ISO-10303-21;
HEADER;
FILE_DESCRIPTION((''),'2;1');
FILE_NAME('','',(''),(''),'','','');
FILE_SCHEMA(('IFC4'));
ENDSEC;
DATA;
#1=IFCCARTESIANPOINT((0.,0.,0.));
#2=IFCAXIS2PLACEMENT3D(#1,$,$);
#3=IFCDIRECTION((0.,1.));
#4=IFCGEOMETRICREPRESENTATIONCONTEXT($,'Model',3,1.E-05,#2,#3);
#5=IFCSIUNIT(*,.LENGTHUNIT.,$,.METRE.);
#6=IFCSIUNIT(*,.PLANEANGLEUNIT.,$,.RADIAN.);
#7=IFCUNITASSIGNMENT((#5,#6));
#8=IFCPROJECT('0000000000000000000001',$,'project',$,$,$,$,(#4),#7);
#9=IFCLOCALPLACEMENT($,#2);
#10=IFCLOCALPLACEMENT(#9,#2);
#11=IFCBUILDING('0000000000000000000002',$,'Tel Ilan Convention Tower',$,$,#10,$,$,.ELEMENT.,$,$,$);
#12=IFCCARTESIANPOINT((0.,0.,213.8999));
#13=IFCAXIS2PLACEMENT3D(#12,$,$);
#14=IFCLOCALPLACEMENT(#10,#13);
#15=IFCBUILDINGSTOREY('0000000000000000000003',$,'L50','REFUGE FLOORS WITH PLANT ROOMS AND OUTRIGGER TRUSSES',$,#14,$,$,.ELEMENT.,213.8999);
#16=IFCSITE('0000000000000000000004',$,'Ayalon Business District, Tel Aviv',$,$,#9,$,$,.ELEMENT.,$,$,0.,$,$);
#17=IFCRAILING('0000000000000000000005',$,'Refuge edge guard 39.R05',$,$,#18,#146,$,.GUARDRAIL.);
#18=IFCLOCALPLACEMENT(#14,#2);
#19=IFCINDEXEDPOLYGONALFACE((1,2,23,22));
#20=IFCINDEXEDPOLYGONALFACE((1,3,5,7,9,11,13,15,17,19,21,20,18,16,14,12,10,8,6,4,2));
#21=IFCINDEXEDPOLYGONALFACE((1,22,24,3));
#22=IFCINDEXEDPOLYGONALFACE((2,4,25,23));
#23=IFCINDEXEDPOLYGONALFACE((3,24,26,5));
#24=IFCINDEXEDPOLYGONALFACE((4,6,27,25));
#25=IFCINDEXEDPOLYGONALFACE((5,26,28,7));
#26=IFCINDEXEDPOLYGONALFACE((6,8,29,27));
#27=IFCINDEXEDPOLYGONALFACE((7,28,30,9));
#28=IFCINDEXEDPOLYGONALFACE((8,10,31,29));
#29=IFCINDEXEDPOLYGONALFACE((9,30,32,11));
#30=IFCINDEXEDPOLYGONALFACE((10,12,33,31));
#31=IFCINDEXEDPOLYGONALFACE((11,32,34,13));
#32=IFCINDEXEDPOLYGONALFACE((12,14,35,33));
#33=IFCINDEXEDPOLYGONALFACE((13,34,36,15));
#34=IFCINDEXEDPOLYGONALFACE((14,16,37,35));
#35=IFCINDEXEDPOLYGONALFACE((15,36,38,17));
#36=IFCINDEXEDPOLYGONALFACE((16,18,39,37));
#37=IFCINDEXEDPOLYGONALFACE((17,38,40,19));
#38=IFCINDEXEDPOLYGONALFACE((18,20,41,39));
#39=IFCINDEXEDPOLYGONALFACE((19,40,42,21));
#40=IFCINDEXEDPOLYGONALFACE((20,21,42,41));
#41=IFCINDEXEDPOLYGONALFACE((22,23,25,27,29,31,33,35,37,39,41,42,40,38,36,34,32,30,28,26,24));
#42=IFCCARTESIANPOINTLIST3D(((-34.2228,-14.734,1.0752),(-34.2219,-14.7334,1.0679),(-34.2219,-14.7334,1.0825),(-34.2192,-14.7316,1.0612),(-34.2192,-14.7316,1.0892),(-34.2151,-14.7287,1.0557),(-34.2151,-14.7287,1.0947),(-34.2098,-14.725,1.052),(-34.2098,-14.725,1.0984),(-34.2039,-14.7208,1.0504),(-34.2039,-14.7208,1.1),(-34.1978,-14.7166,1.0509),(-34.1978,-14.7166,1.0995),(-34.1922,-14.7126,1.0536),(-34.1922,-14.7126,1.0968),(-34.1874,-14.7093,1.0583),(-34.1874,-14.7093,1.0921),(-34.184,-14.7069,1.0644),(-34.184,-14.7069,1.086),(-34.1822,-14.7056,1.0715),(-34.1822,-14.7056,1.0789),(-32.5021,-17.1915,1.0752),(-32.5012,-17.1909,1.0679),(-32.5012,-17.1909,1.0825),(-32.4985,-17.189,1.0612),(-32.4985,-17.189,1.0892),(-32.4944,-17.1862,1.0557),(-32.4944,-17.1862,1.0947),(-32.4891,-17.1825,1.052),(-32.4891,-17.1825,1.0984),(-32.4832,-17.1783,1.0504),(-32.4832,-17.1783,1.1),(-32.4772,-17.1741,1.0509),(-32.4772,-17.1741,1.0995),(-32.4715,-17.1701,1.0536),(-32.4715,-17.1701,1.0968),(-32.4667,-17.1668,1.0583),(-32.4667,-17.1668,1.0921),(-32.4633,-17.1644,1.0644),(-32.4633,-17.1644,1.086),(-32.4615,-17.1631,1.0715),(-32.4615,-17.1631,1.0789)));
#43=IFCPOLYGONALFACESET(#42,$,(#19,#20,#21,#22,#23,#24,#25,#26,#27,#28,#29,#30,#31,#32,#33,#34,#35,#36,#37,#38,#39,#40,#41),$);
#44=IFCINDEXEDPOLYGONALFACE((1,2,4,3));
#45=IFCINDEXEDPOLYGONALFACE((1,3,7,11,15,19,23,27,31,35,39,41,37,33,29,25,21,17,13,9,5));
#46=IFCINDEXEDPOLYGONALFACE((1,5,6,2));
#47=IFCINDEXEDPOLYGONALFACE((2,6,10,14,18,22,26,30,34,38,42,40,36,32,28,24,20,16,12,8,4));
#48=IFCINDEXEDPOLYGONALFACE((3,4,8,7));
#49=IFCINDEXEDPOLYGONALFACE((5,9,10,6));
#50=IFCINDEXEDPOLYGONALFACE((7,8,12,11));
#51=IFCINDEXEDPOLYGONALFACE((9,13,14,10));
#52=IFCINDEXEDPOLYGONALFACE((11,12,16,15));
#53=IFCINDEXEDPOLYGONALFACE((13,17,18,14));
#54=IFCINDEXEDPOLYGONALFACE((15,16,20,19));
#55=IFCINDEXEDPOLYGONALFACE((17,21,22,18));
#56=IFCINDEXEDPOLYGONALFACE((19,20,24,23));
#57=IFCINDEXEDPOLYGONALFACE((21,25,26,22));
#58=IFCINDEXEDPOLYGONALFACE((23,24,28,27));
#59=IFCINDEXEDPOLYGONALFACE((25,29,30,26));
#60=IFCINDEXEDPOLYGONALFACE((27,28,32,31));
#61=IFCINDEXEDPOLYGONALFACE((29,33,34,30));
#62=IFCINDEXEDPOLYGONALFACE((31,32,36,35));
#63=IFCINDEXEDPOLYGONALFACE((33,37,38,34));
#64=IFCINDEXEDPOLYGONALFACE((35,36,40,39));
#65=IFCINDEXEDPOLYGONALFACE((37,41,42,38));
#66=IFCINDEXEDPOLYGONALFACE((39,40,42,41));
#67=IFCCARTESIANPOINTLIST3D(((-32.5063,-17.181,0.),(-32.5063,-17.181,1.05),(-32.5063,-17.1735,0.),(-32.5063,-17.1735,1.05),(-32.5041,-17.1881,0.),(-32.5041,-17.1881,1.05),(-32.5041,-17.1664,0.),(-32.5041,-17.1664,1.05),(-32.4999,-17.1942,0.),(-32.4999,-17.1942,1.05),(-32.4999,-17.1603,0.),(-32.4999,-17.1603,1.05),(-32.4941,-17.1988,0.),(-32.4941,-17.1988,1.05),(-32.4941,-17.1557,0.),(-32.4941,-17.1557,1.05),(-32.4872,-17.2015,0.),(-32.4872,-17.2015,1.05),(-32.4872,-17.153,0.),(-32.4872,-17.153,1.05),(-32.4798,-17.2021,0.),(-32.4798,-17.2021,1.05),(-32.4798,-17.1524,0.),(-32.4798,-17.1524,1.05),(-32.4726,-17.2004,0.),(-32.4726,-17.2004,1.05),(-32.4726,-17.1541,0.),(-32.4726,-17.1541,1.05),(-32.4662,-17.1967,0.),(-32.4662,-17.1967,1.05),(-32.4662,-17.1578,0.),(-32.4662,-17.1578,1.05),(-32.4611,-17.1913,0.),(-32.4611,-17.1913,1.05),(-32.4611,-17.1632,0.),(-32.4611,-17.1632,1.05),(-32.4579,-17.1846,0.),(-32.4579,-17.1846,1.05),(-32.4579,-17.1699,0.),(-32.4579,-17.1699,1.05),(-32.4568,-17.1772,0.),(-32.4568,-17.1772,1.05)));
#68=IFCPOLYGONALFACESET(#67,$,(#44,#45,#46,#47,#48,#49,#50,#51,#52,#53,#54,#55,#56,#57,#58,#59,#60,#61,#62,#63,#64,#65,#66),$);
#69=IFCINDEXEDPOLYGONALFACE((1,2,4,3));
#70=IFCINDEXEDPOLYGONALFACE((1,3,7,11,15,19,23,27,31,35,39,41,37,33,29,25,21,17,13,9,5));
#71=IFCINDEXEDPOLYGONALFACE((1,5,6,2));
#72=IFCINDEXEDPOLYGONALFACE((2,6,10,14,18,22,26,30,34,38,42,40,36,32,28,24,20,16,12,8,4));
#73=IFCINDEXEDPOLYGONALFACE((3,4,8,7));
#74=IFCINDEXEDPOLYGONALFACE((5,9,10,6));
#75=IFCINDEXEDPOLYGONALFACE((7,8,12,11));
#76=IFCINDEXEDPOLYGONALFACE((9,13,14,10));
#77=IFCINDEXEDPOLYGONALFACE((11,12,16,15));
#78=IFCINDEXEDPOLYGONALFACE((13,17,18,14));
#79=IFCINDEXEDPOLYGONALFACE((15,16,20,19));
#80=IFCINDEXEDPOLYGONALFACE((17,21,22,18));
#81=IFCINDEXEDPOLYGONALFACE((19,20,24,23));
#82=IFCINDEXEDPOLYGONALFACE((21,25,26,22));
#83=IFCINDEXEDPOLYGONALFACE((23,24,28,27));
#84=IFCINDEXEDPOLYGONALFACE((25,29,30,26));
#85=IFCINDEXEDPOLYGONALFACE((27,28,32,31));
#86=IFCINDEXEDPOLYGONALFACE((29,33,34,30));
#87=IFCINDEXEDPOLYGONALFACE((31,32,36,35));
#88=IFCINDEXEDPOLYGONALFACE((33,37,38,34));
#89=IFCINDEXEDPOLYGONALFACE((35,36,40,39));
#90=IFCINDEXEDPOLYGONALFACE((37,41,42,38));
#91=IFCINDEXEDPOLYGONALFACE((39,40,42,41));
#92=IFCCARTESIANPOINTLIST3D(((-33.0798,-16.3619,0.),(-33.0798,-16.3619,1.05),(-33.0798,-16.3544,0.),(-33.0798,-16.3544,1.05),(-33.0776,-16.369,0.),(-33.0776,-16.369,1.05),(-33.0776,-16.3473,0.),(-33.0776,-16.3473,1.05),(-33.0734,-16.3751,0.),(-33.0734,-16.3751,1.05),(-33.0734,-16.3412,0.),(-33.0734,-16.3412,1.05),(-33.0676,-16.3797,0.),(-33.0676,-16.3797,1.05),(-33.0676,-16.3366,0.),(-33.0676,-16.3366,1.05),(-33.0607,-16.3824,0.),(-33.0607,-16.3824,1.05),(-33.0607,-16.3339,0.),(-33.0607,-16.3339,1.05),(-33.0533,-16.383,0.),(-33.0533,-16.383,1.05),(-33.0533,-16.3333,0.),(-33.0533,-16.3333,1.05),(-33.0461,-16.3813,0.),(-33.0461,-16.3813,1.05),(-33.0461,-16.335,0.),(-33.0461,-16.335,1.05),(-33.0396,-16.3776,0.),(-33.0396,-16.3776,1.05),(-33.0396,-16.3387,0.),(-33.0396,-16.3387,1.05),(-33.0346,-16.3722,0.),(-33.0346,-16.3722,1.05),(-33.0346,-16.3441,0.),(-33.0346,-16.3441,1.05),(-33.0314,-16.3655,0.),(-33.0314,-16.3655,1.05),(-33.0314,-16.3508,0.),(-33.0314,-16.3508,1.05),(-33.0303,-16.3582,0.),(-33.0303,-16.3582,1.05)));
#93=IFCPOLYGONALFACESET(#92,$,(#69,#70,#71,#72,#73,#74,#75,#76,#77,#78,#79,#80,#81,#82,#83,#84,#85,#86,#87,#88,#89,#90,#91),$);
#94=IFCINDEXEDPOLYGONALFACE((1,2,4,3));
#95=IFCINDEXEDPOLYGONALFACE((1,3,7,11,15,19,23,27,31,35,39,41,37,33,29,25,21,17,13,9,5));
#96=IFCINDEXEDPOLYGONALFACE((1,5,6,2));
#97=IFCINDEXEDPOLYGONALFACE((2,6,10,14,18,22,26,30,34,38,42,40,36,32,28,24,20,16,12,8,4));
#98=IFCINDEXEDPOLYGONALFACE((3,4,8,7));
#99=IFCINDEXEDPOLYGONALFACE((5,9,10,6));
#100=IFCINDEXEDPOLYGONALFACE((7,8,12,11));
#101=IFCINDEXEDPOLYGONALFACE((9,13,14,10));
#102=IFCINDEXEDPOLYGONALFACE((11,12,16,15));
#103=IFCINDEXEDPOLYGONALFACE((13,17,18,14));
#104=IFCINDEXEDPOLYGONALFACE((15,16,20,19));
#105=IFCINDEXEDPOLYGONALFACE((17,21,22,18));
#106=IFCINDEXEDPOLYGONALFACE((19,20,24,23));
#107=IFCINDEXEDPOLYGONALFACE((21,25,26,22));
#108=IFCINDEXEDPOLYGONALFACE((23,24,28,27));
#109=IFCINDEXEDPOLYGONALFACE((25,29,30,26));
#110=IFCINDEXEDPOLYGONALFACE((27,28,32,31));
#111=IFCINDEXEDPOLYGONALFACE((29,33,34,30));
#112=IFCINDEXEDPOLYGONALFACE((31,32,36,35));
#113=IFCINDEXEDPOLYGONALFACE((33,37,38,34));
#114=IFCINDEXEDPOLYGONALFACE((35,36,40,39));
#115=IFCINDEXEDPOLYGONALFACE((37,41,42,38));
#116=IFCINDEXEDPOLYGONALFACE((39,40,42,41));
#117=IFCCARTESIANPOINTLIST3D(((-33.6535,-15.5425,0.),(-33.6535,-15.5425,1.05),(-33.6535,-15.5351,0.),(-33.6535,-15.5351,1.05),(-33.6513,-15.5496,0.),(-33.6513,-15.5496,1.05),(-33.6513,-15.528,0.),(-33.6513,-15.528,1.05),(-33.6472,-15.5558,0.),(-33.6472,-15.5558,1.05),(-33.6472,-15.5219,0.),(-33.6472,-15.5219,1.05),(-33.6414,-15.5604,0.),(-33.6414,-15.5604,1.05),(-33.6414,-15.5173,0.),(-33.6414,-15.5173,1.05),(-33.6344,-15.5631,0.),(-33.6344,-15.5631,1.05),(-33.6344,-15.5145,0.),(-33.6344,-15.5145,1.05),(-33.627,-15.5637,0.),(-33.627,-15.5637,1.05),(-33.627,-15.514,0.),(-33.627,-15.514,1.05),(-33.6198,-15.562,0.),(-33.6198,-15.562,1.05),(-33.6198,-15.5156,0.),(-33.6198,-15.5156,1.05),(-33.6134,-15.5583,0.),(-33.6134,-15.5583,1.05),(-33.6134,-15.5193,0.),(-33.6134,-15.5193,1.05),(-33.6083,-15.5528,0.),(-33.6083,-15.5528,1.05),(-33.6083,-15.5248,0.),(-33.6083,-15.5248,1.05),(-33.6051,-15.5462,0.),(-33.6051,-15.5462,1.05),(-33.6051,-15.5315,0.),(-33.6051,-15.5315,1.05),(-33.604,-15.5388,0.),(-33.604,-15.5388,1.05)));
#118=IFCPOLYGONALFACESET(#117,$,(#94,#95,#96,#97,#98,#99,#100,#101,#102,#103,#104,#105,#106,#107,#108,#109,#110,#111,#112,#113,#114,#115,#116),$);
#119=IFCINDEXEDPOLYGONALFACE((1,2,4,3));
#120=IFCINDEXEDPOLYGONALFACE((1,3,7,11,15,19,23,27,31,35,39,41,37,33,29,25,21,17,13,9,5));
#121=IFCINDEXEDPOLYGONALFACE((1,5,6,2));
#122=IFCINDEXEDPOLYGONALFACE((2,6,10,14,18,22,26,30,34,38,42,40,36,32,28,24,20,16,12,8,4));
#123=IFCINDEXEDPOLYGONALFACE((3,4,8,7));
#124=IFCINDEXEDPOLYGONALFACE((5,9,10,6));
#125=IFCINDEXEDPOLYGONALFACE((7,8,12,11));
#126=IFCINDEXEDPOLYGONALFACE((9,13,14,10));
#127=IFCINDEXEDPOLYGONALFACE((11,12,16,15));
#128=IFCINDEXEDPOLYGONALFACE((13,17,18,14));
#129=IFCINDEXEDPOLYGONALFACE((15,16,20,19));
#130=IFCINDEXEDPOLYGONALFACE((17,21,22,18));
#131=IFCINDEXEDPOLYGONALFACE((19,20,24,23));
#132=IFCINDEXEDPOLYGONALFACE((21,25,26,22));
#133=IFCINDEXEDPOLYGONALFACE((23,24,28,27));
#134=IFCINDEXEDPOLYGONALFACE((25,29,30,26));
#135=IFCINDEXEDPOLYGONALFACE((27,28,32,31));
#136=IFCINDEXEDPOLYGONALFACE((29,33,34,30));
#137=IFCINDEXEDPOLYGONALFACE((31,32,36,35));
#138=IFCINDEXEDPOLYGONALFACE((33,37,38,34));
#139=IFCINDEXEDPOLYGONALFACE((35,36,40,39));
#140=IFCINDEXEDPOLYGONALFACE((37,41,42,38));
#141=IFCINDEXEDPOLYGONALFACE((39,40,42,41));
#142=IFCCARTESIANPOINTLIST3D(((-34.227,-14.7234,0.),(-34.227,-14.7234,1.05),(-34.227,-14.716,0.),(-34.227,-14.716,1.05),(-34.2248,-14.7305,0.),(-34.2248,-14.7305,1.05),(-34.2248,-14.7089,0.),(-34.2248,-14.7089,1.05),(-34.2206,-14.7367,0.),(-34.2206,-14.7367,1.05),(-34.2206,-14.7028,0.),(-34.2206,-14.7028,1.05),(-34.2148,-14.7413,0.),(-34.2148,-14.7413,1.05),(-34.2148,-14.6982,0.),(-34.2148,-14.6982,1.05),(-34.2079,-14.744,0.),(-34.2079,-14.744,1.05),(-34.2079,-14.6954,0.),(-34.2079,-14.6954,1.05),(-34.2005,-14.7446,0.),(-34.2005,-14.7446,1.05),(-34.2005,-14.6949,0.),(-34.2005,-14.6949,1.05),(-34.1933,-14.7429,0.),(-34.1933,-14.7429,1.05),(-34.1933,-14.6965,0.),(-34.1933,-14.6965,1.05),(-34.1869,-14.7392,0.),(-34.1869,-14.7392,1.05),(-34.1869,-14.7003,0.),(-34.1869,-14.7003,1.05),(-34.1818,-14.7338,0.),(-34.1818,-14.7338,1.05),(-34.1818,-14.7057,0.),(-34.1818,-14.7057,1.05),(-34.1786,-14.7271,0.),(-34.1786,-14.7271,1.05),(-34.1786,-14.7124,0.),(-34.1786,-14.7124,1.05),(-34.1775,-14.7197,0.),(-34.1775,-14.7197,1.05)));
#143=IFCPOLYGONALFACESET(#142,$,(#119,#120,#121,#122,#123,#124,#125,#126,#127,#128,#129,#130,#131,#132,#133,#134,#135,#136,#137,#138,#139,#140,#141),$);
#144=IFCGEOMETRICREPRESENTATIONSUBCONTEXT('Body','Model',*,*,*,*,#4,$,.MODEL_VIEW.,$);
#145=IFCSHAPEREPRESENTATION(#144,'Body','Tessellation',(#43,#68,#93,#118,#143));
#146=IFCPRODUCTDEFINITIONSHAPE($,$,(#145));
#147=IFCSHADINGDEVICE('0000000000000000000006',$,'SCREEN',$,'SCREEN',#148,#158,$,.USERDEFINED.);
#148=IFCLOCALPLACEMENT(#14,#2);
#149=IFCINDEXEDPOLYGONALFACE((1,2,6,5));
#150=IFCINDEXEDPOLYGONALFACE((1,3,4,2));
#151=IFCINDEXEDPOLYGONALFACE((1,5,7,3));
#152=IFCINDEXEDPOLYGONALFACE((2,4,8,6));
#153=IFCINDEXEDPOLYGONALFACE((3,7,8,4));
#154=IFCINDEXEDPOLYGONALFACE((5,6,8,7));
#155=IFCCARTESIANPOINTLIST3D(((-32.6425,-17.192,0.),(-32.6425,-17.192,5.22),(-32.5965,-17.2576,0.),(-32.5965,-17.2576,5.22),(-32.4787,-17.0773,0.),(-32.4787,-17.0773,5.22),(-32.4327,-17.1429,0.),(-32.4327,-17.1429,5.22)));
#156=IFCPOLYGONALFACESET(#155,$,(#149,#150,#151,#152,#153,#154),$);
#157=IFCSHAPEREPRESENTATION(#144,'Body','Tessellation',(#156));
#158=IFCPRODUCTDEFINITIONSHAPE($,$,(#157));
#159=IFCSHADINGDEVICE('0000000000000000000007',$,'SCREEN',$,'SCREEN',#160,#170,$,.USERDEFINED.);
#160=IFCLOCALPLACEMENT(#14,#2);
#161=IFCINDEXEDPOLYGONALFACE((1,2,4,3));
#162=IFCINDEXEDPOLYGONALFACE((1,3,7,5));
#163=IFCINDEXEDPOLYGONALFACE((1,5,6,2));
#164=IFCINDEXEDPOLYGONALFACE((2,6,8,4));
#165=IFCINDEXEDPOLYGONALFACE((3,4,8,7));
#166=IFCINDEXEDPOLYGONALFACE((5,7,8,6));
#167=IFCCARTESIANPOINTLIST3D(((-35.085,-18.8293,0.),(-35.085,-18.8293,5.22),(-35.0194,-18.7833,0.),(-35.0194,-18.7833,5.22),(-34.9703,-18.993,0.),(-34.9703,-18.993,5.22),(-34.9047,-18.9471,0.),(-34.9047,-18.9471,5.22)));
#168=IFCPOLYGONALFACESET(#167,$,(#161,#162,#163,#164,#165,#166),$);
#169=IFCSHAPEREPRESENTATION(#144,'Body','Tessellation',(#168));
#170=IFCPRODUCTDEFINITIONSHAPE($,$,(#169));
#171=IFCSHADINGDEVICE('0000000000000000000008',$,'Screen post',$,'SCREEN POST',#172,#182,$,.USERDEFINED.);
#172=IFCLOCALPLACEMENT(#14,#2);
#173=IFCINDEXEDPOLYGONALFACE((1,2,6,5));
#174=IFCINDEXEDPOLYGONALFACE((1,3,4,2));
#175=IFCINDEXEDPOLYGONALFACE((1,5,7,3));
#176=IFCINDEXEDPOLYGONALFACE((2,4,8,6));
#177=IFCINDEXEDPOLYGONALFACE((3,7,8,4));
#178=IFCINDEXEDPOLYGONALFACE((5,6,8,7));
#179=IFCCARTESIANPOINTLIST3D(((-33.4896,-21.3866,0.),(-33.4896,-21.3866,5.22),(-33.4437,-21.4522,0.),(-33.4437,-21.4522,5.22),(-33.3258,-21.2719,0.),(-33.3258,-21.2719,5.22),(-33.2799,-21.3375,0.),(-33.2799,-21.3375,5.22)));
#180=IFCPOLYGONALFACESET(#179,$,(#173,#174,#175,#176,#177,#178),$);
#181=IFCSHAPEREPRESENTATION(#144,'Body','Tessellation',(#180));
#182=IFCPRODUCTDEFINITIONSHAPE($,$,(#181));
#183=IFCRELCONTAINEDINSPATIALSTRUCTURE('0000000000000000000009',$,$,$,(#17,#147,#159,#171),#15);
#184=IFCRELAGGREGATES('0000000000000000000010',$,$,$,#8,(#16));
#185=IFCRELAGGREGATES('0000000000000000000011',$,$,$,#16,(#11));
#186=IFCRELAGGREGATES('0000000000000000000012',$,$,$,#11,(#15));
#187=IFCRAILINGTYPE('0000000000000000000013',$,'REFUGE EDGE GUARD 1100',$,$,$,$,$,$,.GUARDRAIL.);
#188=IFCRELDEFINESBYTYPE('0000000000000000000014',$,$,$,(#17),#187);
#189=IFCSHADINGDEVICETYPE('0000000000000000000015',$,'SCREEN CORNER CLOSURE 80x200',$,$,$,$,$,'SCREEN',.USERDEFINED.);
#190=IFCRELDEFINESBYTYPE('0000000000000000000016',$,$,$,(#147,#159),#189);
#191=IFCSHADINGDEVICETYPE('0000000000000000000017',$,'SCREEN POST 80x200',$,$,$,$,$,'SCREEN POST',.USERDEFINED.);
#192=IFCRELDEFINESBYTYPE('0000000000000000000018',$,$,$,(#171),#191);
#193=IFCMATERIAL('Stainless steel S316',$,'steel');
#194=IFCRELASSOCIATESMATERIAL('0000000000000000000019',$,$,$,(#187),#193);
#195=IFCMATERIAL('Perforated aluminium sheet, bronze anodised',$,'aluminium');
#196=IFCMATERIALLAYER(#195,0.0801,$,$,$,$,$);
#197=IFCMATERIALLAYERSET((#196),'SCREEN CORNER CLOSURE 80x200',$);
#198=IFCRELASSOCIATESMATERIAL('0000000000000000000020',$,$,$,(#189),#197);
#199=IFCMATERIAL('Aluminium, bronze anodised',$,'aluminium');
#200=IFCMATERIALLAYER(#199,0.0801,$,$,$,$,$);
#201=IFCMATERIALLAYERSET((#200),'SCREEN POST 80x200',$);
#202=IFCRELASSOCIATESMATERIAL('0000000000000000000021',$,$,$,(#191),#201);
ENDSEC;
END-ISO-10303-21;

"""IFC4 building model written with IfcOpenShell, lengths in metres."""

from ifc_helpers import new_model, si_unit, direction, frame, origin, origin_2d, place, context, subcontext, project, spatial, rectangle, circle, extrude, material, layer, layer_set, type_object, element, save


model = new_model("IFC4")

# Units and contexts
model_context = context("Model", 3, precision=1e-05, world=origin(), true_north=direction((0.0, 1.0)))
body_context = subcontext(model_context, "Body", "Model", "MODEL_VIEW")
ifc_project = project(units=[si_unit("LENGTHUNIT", "METRE"), si_unit("PLANEANGLEUNIT", "RADIAN")], contexts=[model_context])

# Site, building, storey
site_placement = place(None, origin())
site = spatial("IfcSite", under=ifc_project, at=site_placement, Name="Ayalon Business District, Tel Aviv", CompositionType="ELEMENT", RefElevation=0.0)
building_placement = place(site_placement, origin())
building = spatial("IfcBuilding", under=site, at=building_placement, Name="Tel Ilan Convention Tower", CompositionType="ELEMENT")
storey_placement = place(building_placement, frame((0.0, 0.0, 213.8999)))
storey = spatial("IfcBuildingStorey", under=building, at=storey_placement, Name="L50", Description="REFUGE FLOORS WITH PLANT ROOMS AND OUTRIGGER TRUSSES", CompositionType="ELEMENT", Elevation=213.8999)

# Railing
ifc_material_1 = material(Name="Stainless steel S316", Category="steel")
railing_type = type_object("IfcRailingType", Name="REFUGE EDGE GUARD 1100", PredefinedType="GUARDRAIL", material=ifc_material_1)
railing_1_placement = place(storey_placement, frame((-32.4817, -17.1772, 0.0)))
element("IfcRailing", 1, at=railing_1_placement, inside=storey, type_object=railing_type, Name="Refuge edge guard 39.R05", PredefinedType="GUARDRAIL", context=body_context, shape_type="SweptSolid", body=[
    extrude(circle(Radius=0.0249, at=origin_2d()), frame((0.0, 0.0, 1.0752), z_axis=(-0.573561, 0.819163, 0.0), x_axis=(-0.819163, -0.573561, 0.0)), (0.0, 0.0, 1.0), 3.0),
    extrude(circle(Radius=0.0249, at=origin_2d()), origin(), (0.0, 0.0, 1.0), 1.05),
    extrude(circle(Radius=0.0249, at=origin_2d()), frame((-0.5735, 0.8191, 0.0)), (0.0, 0.0, 1.0), 1.05),
    extrude(circle(Radius=0.0249, at=origin_2d()), frame((-1.1472, 1.6384, 0.0)), (0.0, 0.0, 1.0), 1.05),
    extrude(circle(Radius=0.0249, at=origin_2d()), frame((-1.7207, 2.4575, 0.0)), (0.0, 0.0, 1.0), 1.05),
])

# Shading devices
ifc_material_2 = material(Name="Perforated aluminium sheet, bronze anodised", Category="aluminium")
ifc_layer_1 = layer(ifc_material_2, 0.0801)
ifc_layer_set_1 = layer_set([ifc_layer_1], Name="SCREEN CORNER CLOSURE 80x200")
shading_device_type_1 = type_object("IfcShadingDeviceType", Name="SCREEN CORNER CLOSURE 80x200", ElementType="SCREEN", PredefinedType="USERDEFINED", material=ifc_layer_set_1)
for number, where, z_axis, x_axis, name in (
    (2, (-32.5376, -17.1675, 0.0), (0.0, 0.0, 1.0), (0.573576, -0.819152, 0.0), "SCREEN"),
    (3, (-34.9949, -18.8882, 0.0), (0.0, 0.0, 1.0), (-0.819152, -0.573576, 0.0), "SCREEN"),
):
    element("IfcShadingDevice", number, at=place(storey_placement, frame(where, z_axis=z_axis, x_axis=x_axis)), inside=storey, type_object=shading_device_type_1, Name=name, ObjectType="SCREEN", PredefinedType="USERDEFINED", context=body_context, shape_type="SweptSolid", body=[
        extrude(rectangle(XDim=0.0801, YDim=0.2, at=origin_2d()), origin(), (0.0, 0.0, 1.0), 5.22),
    ])
ifc_material_3 = material(Name="Aluminium, bronze anodised", Category="aluminium")
ifc_layer_2 = layer(ifc_material_3, 0.0801)
ifc_layer_set_2 = layer_set([ifc_layer_2], Name="SCREEN POST 80x200")
shading_device_type_2 = type_object("IfcShadingDeviceType", Name="SCREEN POST 80x200", ElementType="SCREEN POST", PredefinedType="USERDEFINED", material=ifc_layer_set_2)
shading_device_placement = place(storey_placement, frame((-33.3848, -21.3621, 0.0), z_axis=(0.0, 0.0, 1.0), x_axis=(0.573576, -0.819152, 0.0)))
element("IfcShadingDevice", 4, at=shading_device_placement, inside=storey, type_object=shading_device_type_2, Name="Screen post", ObjectType="SCREEN POST", PredefinedType="USERDEFINED", context=body_context, shape_type="SweptSolid", body=[
    extrude(rectangle(XDim=0.0801, YDim=0.2, at=origin_2d()), origin(), (0.0, 0.0, 1.0), 5.22),
])

save(model, "model.ifc")
